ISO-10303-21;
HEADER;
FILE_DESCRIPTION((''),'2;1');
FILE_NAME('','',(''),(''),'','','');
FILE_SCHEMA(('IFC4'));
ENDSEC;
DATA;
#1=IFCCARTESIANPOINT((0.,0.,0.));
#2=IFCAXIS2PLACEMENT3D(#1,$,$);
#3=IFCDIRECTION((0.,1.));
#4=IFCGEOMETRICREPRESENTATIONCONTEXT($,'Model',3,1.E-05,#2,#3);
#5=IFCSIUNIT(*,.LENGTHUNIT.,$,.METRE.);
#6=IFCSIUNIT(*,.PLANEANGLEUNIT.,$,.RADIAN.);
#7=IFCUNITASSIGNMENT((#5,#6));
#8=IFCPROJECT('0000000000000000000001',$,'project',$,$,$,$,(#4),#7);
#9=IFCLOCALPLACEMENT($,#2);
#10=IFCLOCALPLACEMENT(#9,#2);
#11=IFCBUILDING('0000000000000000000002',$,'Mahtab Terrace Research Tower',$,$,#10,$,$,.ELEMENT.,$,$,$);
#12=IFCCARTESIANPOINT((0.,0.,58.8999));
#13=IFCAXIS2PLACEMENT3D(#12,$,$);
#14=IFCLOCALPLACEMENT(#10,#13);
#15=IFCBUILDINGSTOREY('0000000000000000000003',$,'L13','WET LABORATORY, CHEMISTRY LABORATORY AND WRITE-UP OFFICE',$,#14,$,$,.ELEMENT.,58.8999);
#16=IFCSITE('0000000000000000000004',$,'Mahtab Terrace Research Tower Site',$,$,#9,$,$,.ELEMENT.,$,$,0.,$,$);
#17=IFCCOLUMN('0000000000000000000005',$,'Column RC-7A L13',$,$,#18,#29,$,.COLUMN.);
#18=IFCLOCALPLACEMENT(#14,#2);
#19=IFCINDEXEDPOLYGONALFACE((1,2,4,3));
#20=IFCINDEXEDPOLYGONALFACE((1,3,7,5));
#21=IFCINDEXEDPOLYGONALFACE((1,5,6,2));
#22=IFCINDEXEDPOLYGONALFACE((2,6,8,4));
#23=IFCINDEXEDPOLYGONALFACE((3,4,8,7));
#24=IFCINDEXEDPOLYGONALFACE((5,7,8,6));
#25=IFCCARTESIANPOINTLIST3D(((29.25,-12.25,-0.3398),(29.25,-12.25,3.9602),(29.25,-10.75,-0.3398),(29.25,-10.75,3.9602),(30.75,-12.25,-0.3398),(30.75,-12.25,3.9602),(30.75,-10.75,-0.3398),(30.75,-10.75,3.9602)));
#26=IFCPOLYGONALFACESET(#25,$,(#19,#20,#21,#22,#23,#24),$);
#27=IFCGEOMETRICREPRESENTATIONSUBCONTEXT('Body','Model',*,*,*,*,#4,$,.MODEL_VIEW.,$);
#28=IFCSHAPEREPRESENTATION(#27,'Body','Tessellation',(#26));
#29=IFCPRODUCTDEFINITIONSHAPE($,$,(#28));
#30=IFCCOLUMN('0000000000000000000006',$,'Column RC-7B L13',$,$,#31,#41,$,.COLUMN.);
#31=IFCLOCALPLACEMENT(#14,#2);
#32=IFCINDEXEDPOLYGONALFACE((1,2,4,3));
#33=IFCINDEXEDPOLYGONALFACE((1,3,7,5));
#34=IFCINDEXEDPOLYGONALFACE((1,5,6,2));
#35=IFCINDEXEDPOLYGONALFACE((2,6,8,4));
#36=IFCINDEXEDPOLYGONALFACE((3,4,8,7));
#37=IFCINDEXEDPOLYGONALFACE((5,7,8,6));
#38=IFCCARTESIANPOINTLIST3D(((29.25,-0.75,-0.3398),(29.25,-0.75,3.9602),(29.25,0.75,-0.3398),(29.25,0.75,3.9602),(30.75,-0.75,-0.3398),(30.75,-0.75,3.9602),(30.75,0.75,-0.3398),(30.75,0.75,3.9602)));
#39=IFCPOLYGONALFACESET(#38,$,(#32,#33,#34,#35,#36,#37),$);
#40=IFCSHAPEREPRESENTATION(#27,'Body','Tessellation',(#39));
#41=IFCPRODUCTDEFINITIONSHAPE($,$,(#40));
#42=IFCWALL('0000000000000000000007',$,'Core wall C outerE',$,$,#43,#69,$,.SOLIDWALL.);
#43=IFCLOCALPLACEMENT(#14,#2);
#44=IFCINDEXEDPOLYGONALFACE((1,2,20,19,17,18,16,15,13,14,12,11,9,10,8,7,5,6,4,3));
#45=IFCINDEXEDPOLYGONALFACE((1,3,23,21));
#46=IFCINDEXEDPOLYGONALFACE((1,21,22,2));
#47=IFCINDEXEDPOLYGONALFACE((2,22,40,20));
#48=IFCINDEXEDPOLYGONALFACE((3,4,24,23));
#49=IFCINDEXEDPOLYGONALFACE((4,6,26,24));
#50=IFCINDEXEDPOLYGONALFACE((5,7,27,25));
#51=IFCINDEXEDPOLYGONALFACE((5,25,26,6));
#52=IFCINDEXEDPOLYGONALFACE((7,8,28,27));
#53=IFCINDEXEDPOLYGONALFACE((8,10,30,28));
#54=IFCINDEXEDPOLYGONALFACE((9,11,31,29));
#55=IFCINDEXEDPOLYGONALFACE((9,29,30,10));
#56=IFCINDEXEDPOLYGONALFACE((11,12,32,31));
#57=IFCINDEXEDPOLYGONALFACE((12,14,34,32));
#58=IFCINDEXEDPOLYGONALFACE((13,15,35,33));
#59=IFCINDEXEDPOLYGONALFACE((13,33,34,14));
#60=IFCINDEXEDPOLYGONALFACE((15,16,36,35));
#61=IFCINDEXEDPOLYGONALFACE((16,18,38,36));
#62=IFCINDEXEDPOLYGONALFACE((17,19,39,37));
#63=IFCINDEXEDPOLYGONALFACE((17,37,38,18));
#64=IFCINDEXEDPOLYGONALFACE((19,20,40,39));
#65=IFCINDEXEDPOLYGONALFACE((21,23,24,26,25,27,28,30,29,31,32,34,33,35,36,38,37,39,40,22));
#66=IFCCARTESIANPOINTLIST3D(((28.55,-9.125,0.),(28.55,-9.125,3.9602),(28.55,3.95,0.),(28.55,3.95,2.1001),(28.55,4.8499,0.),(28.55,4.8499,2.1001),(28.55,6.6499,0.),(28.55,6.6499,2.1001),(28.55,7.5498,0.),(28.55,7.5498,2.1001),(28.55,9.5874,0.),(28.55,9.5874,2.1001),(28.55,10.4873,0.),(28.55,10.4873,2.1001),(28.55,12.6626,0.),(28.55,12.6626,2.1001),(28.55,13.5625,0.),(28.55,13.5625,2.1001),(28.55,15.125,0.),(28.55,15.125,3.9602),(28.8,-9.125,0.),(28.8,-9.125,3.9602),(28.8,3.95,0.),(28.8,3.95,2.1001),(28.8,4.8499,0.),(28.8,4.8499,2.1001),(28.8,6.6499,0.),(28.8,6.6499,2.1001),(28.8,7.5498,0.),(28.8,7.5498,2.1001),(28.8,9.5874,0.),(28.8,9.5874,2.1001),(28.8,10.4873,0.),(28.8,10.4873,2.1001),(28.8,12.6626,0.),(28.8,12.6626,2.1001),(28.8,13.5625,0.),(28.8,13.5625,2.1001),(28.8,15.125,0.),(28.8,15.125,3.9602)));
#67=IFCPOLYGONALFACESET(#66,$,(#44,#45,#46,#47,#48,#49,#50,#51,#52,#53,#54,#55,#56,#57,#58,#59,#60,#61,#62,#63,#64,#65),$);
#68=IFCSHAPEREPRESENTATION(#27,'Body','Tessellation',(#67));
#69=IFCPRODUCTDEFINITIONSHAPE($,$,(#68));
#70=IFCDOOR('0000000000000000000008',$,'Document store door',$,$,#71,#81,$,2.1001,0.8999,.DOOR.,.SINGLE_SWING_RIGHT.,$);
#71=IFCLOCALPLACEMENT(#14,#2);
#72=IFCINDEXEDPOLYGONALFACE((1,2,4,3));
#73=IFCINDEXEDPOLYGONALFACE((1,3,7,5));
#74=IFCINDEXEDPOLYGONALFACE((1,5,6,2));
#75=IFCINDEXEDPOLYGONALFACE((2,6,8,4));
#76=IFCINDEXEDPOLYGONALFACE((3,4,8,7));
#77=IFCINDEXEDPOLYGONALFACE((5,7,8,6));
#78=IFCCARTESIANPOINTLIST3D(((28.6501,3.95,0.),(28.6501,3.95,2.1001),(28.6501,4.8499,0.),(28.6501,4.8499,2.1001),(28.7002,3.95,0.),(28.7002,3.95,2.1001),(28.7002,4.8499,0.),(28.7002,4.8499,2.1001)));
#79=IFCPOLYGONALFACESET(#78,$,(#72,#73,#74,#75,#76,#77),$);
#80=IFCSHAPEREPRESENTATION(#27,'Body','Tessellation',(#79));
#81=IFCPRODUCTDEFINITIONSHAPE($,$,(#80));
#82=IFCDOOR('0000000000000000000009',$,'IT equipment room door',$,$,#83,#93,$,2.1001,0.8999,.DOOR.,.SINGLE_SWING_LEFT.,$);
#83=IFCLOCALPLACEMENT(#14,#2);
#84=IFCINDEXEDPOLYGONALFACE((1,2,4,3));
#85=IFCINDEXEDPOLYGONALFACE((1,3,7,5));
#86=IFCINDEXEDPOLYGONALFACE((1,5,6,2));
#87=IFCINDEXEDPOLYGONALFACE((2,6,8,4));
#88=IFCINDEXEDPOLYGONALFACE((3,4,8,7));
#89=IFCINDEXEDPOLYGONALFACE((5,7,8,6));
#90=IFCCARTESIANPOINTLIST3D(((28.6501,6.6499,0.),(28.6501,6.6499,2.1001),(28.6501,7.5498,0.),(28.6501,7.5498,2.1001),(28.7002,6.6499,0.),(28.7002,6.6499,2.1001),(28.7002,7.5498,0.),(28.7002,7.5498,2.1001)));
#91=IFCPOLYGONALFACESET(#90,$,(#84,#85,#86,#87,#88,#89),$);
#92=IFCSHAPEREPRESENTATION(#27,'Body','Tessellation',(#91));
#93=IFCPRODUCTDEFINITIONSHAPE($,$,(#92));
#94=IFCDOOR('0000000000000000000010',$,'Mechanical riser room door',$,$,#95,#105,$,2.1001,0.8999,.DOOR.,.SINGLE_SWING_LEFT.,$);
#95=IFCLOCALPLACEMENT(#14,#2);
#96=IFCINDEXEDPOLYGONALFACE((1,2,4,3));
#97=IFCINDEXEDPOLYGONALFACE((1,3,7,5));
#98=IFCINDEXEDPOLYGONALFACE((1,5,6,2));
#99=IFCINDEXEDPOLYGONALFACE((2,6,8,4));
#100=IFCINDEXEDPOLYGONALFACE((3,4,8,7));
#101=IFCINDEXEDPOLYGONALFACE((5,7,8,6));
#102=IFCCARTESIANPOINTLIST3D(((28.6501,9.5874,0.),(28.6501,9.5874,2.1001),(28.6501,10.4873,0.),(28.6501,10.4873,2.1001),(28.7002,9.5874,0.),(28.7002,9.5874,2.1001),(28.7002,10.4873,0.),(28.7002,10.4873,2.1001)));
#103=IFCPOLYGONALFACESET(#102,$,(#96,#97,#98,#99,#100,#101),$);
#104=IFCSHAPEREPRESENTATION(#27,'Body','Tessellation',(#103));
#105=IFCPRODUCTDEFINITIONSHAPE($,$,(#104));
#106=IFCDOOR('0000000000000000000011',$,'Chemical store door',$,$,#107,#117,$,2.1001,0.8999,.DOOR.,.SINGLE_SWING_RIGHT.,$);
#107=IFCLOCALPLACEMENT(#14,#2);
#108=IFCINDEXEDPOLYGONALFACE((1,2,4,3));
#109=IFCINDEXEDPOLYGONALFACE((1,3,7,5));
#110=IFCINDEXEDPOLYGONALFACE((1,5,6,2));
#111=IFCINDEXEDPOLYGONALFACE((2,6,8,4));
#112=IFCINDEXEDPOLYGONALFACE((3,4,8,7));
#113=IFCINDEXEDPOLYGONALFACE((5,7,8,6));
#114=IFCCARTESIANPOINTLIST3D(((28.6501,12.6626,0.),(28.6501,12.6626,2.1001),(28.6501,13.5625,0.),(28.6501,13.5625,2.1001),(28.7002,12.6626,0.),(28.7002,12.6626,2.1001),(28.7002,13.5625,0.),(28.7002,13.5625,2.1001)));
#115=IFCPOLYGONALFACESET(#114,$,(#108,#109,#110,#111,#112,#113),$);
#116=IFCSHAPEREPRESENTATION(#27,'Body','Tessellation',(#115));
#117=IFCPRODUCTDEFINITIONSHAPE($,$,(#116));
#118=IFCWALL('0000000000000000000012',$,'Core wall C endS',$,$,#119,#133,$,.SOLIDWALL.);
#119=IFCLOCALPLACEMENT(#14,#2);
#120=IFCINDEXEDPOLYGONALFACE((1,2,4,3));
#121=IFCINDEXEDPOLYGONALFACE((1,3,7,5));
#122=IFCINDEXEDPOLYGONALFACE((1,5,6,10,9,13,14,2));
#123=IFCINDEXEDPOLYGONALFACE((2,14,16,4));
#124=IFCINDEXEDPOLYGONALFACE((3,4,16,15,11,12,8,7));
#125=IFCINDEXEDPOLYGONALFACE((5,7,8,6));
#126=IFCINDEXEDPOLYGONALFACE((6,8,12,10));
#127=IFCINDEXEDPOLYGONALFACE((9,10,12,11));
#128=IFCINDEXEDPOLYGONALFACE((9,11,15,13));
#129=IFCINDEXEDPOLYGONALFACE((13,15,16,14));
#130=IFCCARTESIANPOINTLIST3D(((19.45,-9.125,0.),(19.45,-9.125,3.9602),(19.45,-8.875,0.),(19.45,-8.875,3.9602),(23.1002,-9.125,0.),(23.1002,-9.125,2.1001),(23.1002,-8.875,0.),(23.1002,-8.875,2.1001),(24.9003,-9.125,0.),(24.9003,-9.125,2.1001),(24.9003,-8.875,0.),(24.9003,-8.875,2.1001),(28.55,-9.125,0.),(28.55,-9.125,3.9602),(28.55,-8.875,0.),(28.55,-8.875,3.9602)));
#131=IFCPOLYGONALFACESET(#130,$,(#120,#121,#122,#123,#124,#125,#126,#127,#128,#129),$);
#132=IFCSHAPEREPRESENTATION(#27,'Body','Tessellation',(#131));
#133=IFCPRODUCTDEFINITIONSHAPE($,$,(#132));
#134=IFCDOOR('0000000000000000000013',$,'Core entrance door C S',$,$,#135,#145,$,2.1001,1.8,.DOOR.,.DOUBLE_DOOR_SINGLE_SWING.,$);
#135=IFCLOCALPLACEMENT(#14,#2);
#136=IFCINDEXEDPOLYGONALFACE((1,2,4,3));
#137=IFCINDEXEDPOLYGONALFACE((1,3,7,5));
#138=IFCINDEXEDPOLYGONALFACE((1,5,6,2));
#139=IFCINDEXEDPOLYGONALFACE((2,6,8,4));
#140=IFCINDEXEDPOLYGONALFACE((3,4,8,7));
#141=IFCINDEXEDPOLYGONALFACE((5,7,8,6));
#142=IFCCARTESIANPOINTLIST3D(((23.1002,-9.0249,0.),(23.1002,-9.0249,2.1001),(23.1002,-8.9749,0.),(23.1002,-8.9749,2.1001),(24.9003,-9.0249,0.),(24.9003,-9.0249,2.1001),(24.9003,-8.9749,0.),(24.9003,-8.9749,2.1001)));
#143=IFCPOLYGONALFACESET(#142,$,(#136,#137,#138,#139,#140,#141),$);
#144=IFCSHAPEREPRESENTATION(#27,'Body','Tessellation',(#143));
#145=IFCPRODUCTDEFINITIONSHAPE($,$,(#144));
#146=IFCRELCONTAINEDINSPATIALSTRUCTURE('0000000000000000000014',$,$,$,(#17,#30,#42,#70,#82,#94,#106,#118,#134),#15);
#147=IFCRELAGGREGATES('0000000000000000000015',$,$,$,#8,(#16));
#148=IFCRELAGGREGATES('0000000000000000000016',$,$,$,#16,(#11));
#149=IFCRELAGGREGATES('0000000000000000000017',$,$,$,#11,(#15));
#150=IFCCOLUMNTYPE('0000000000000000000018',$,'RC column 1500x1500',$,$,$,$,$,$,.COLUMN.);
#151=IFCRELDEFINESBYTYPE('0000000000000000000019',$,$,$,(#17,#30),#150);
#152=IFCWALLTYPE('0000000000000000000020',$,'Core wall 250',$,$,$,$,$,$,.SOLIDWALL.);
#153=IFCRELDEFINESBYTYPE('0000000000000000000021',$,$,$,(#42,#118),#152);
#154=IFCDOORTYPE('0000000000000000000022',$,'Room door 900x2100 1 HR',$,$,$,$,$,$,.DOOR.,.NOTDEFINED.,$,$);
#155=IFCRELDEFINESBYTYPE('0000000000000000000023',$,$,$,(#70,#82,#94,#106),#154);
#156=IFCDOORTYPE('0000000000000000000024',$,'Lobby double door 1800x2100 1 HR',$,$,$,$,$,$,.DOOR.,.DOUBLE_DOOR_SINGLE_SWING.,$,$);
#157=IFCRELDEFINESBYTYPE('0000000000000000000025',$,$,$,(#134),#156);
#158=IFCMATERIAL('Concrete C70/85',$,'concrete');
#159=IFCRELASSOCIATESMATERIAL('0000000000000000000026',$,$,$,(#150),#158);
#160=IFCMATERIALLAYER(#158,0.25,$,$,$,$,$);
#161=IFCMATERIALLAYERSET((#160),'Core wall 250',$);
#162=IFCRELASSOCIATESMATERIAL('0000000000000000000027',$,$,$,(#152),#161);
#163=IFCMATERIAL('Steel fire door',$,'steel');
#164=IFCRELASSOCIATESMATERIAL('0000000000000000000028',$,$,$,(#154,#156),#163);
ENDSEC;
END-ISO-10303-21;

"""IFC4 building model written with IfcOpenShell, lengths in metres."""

from ifc_helpers import new_model, si_unit, direction, frame, frame_2d, origin, origin_2d, place, context, subcontext, project, spatial, rectangle, extrude, material, layer, layer_set, material_profile, profile_set, type_object, element, fill, save


model = new_model("IFC4")

# Units and contexts
model_context = context("Model", 3, precision=1e-05, world=origin(), true_north=direction((0.0, 1.0)))
body_context = subcontext(model_context, "Body", "Model", "MODEL_VIEW")
ifc_project = project(units=[si_unit("LENGTHUNIT", "METRE"), si_unit("PLANEANGLEUNIT", "RADIAN")], contexts=[model_context])

# Site, building, storey
site_placement = place(None, origin())
site = spatial("IfcSite", under=ifc_project, at=site_placement, Name="Mahtab Terrace Research Tower Site", CompositionType="ELEMENT", RefElevation=0.0)
building_placement = place(site_placement, origin())
building = spatial("IfcBuilding", under=site, at=building_placement, Name="Mahtab Terrace Research Tower", CompositionType="ELEMENT")
storey_placement = place(building_placement, frame((0.0, 0.0, 58.8999)))
storey = spatial("IfcBuildingStorey", under=building, at=storey_placement, Name="L13", Description="WET LABORATORY, CHEMISTRY LABORATORY AND WRITE-UP OFFICE", CompositionType="ELEMENT", Elevation=58.8999)

# Columns
ifc_material_1 = material(Name="Concrete C70/85", Category="concrete")
ifc_material_profile = material_profile(ifc_material_1, rectangle(XDim=1.5, YDim=1.5, at=origin_2d()), Name="RC column 1500x1500")
ifc_profile_set = profile_set([ifc_material_profile], Name="Concrete C70/85")
column_type = type_object("IfcColumnType", Name="RC column 1500x1500", PredefinedType="COLUMN", material=ifc_profile_set)
for number, where, z_axis, x_axis, name in (
    (1, (30.0, -11.5, -0.3398), (0.0, 0.0, 1.0), (1.0, 0.0, 0.0), "Column RC-7A L13"),
    (2, (30.0, 0.0, -0.3398), (0.0, 0.0, 1.0), (1.0, 0.0, 0.0), "Column RC-7B L13"),
):
    element("IfcColumn", number, at=place(storey_placement, frame(where, z_axis=z_axis, x_axis=x_axis)), inside=storey, type_object=column_type, Name=name, PredefinedType="COLUMN", context=body_context, shape_type="SweptSolid", body=[
        extrude(rectangle(XDim=1.5, YDim=1.5, at=origin_2d()), origin(), (0.0, 0.0, 1.0), 4.3),
    ])

# Wall, openings, doors
ifc_layer_1 = layer(ifc_material_1, 0.25)
ifc_layer_set_1 = layer_set([ifc_layer_1], Name="Core wall 250")
wall_type_1 = type_object("IfcWallType", Name="Core wall 250", PredefinedType="SOLIDWALL", material=ifc_layer_set_1)
wall_1_placement = place(storey_placement, frame((28.675, -9.125, 0.0), z_axis=(0.0, 0.0, 1.0), x_axis=(0.0, 1.0, 0.0)))
wall_1 = element("IfcWall", 3, at=wall_1_placement, inside=storey, type_object=wall_type_1, Name="Core wall C outerE", PredefinedType="SOLIDWALL", context=body_context, shape_type="SweptSolid", body=[
    extrude(rectangle(XDim=24.25, YDim=0.25, at=frame_2d((12.125, 0.0))), origin(), (0.0, 0.0, 1.0), 3.9602),
])
opening_1_placement = place(wall_1_placement, frame((13.075, 0.0, 0.0)))
opening_1 = element("IfcOpeningElement", 4, at=opening_1_placement, cuts=wall_1, PredefinedType="OPENING", context=body_context, shape_type="SweptSolid", body=[
    extrude(rectangle(XDim=0.8999, YDim=2.1001, at=frame_2d((0.45, 1.05))), frame((0.0, 0.135, 0.0), z_axis=(0.0, -1.0, 0.0), x_axis=(1.0, 0.0, 0.0)), (0.0, 0.0, 1.0), 0.27),
])
opening_2_placement = place(wall_1_placement, frame((15.7749, 0.0, 0.0)))
opening_2 = element("IfcOpeningElement", 5, at=opening_2_placement, cuts=wall_1, PredefinedType="OPENING", context=body_context, shape_type="SweptSolid", body=[
    extrude(rectangle(XDim=0.8999, YDim=2.1001, at=frame_2d((0.45, 1.05))), frame((0.0, 0.135, 0.0), z_axis=(0.0, -1.0, 0.0), x_axis=(1.0, 0.0, 0.0)), (0.0, 0.0, 1.0), 0.27),
])
opening_3_placement = place(wall_1_placement, frame((18.7124, 0.0, 0.0)))
opening_3 = element("IfcOpeningElement", 6, at=opening_3_placement, cuts=wall_1, PredefinedType="OPENING", context=body_context, shape_type="SweptSolid", body=[
    extrude(rectangle(XDim=0.8999, YDim=2.1001, at=frame_2d((0.45, 1.05))), frame((0.0, 0.135, 0.0), z_axis=(0.0, -1.0, 0.0), x_axis=(1.0, 0.0, 0.0)), (0.0, 0.0, 1.0), 0.27),
])
opening_4_placement = place(wall_1_placement, frame((21.7876, 0.0, 0.0)))
opening_4 = element("IfcOpeningElement", 7, at=opening_4_placement, cuts=wall_1, PredefinedType="OPENING", context=body_context, shape_type="SweptSolid", body=[
    extrude(rectangle(XDim=0.8999, YDim=2.1001, at=frame_2d((0.45, 1.05))), frame((0.0, 0.135, 0.0), z_axis=(0.0, -1.0, 0.0), x_axis=(1.0, 0.0, 0.0)), (0.0, 0.0, 1.0), 0.27),
])
ifc_material_2 = material(Name="Steel fire door", Category="steel")
door_type_1 = type_object("IfcDoorType", Name="Room door 900x2100 1 HR", OperationType="NOTDEFINED", PredefinedType="DOOR", material=ifc_material_2)
door_1_placement = place(opening_1_placement, origin())
door_1 = element("IfcDoor", 8, at=door_1_placement, inside=storey, type_object=door_type_1, Name="Document store door", OperationType="SINGLE_SWING_RIGHT", OverallHeight=2.1001, OverallWidth=0.8999, PredefinedType="DOOR", context=body_context, shape_type="SweptSolid", body=[
    extrude(rectangle(XDim=0.8999, YDim=2.1001, at=frame_2d((0.45, 1.05))), frame((0.0, 0.0249, 0.0), z_axis=(0.0, -1.0, 0.0), x_axis=(1.0, 0.0, 0.0)), (0.0, 0.0, 1.0), 0.05),
])
fill(opening_1, door_1)
door_2_placement = place(opening_2_placement, origin())
door_2 = element("IfcDoor", 9, at=door_2_placement, inside=storey, type_object=door_type_1, Name="IT equipment room door", OperationType="SINGLE_SWING_LEFT", OverallHeight=2.1001, OverallWidth=0.8999, PredefinedType="DOOR", context=body_context, shape_type="SweptSolid", body=[
    extrude(rectangle(XDim=0.8999, YDim=2.1001, at=frame_2d((0.45, 1.05))), frame((0.0, 0.0249, 0.0), z_axis=(0.0, -1.0, 0.0), x_axis=(1.0, 0.0, 0.0)), (0.0, 0.0, 1.0), 0.05),
])
fill(opening_2, door_2)
door_3_placement = place(opening_3_placement, origin())
door_3 = element("IfcDoor", 10, at=door_3_placement, inside=storey, type_object=door_type_1, Name="Mechanical riser room door", OperationType="SINGLE_SWING_LEFT", OverallHeight=2.1001, OverallWidth=0.8999, PredefinedType="DOOR", context=body_context, shape_type="SweptSolid", body=[
    extrude(rectangle(XDim=0.8999, YDim=2.1001, at=frame_2d((0.45, 1.05))), frame((0.0, 0.0249, 0.0), z_axis=(0.0, -1.0, 0.0), x_axis=(1.0, 0.0, 0.0)), (0.0, 0.0, 1.0), 0.05),
])
fill(opening_3, door_3)
door_4_placement = place(opening_4_placement, origin())
door_4 = element("IfcDoor", 11, at=door_4_placement, inside=storey, type_object=door_type_1, Name="Chemical store door", OperationType="SINGLE_SWING_RIGHT", OverallHeight=2.1001, OverallWidth=0.8999, PredefinedType="DOOR", context=body_context, shape_type="SweptSolid", body=[
    extrude(rectangle(XDim=0.8999, YDim=2.1001, at=frame_2d((0.45, 1.05))), frame((0.0, 0.0249, 0.0), z_axis=(0.0, -1.0, 0.0), x_axis=(1.0, 0.0, 0.0)), (0.0, 0.0, 1.0), 0.05),
])
fill(opening_4, door_4)

# Wall, opening, door
wall_2_placement = place(storey_placement, frame((28.55, -9.0, 0.0), z_axis=(0.0, 0.0, 1.0), x_axis=(-1.0, 0.0, 0.0)))
wall_2 = element("IfcWall", 12, at=wall_2_placement, inside=storey, type_object=wall_type_1, Name="Core wall C endS", PredefinedType="SOLIDWALL", context=body_context, shape_type="SweptSolid", body=[
    extrude(rectangle(XDim=9.1001, YDim=0.25, at=frame_2d((4.55, 0.0))), origin(), (0.0, 0.0, 1.0), 3.9602),
])
opening_5_placement = place(wall_2_placement, frame((3.6499, 0.0, 0.0)))
opening_5 = element("IfcOpeningElement", 13, at=opening_5_placement, cuts=wall_2, PredefinedType="OPENING", context=body_context, shape_type="SweptSolid", body=[
    extrude(rectangle(XDim=1.8, YDim=2.1001, at=frame_2d((0.8999, 1.05))), frame((0.0, 0.135, 0.0), z_axis=(0.0, -1.0, 0.0), x_axis=(1.0, 0.0, 0.0)), (0.0, 0.0, 1.0), 0.27),
])
door_type_2 = type_object("IfcDoorType", Name="Lobby double door 1800x2100 1 HR", OperationType="DOUBLE_DOOR_SINGLE_SWING", PredefinedType="DOOR", material=ifc_material_2)
door_5_placement = place(opening_5_placement, origin())
door_5 = element("IfcDoor", 14, at=door_5_placement, inside=storey, type_object=door_type_2, Name="Core entrance door C S", OperationType="DOUBLE_DOOR_SINGLE_SWING", OverallHeight=2.1001, OverallWidth=1.8, PredefinedType="DOOR", context=body_context, shape_type="SweptSolid", body=[
    extrude(rectangle(XDim=1.8, YDim=2.1001, at=frame_2d((0.8999, 1.05))), frame((0.0, 0.0249, 0.0), z_axis=(0.0, -1.0, 0.0), x_axis=(1.0, 0.0, 0.0)), (0.0, 0.0, 1.0), 0.05),
])
fill(opening_5, door_5)

save(model, "model.ifc")
